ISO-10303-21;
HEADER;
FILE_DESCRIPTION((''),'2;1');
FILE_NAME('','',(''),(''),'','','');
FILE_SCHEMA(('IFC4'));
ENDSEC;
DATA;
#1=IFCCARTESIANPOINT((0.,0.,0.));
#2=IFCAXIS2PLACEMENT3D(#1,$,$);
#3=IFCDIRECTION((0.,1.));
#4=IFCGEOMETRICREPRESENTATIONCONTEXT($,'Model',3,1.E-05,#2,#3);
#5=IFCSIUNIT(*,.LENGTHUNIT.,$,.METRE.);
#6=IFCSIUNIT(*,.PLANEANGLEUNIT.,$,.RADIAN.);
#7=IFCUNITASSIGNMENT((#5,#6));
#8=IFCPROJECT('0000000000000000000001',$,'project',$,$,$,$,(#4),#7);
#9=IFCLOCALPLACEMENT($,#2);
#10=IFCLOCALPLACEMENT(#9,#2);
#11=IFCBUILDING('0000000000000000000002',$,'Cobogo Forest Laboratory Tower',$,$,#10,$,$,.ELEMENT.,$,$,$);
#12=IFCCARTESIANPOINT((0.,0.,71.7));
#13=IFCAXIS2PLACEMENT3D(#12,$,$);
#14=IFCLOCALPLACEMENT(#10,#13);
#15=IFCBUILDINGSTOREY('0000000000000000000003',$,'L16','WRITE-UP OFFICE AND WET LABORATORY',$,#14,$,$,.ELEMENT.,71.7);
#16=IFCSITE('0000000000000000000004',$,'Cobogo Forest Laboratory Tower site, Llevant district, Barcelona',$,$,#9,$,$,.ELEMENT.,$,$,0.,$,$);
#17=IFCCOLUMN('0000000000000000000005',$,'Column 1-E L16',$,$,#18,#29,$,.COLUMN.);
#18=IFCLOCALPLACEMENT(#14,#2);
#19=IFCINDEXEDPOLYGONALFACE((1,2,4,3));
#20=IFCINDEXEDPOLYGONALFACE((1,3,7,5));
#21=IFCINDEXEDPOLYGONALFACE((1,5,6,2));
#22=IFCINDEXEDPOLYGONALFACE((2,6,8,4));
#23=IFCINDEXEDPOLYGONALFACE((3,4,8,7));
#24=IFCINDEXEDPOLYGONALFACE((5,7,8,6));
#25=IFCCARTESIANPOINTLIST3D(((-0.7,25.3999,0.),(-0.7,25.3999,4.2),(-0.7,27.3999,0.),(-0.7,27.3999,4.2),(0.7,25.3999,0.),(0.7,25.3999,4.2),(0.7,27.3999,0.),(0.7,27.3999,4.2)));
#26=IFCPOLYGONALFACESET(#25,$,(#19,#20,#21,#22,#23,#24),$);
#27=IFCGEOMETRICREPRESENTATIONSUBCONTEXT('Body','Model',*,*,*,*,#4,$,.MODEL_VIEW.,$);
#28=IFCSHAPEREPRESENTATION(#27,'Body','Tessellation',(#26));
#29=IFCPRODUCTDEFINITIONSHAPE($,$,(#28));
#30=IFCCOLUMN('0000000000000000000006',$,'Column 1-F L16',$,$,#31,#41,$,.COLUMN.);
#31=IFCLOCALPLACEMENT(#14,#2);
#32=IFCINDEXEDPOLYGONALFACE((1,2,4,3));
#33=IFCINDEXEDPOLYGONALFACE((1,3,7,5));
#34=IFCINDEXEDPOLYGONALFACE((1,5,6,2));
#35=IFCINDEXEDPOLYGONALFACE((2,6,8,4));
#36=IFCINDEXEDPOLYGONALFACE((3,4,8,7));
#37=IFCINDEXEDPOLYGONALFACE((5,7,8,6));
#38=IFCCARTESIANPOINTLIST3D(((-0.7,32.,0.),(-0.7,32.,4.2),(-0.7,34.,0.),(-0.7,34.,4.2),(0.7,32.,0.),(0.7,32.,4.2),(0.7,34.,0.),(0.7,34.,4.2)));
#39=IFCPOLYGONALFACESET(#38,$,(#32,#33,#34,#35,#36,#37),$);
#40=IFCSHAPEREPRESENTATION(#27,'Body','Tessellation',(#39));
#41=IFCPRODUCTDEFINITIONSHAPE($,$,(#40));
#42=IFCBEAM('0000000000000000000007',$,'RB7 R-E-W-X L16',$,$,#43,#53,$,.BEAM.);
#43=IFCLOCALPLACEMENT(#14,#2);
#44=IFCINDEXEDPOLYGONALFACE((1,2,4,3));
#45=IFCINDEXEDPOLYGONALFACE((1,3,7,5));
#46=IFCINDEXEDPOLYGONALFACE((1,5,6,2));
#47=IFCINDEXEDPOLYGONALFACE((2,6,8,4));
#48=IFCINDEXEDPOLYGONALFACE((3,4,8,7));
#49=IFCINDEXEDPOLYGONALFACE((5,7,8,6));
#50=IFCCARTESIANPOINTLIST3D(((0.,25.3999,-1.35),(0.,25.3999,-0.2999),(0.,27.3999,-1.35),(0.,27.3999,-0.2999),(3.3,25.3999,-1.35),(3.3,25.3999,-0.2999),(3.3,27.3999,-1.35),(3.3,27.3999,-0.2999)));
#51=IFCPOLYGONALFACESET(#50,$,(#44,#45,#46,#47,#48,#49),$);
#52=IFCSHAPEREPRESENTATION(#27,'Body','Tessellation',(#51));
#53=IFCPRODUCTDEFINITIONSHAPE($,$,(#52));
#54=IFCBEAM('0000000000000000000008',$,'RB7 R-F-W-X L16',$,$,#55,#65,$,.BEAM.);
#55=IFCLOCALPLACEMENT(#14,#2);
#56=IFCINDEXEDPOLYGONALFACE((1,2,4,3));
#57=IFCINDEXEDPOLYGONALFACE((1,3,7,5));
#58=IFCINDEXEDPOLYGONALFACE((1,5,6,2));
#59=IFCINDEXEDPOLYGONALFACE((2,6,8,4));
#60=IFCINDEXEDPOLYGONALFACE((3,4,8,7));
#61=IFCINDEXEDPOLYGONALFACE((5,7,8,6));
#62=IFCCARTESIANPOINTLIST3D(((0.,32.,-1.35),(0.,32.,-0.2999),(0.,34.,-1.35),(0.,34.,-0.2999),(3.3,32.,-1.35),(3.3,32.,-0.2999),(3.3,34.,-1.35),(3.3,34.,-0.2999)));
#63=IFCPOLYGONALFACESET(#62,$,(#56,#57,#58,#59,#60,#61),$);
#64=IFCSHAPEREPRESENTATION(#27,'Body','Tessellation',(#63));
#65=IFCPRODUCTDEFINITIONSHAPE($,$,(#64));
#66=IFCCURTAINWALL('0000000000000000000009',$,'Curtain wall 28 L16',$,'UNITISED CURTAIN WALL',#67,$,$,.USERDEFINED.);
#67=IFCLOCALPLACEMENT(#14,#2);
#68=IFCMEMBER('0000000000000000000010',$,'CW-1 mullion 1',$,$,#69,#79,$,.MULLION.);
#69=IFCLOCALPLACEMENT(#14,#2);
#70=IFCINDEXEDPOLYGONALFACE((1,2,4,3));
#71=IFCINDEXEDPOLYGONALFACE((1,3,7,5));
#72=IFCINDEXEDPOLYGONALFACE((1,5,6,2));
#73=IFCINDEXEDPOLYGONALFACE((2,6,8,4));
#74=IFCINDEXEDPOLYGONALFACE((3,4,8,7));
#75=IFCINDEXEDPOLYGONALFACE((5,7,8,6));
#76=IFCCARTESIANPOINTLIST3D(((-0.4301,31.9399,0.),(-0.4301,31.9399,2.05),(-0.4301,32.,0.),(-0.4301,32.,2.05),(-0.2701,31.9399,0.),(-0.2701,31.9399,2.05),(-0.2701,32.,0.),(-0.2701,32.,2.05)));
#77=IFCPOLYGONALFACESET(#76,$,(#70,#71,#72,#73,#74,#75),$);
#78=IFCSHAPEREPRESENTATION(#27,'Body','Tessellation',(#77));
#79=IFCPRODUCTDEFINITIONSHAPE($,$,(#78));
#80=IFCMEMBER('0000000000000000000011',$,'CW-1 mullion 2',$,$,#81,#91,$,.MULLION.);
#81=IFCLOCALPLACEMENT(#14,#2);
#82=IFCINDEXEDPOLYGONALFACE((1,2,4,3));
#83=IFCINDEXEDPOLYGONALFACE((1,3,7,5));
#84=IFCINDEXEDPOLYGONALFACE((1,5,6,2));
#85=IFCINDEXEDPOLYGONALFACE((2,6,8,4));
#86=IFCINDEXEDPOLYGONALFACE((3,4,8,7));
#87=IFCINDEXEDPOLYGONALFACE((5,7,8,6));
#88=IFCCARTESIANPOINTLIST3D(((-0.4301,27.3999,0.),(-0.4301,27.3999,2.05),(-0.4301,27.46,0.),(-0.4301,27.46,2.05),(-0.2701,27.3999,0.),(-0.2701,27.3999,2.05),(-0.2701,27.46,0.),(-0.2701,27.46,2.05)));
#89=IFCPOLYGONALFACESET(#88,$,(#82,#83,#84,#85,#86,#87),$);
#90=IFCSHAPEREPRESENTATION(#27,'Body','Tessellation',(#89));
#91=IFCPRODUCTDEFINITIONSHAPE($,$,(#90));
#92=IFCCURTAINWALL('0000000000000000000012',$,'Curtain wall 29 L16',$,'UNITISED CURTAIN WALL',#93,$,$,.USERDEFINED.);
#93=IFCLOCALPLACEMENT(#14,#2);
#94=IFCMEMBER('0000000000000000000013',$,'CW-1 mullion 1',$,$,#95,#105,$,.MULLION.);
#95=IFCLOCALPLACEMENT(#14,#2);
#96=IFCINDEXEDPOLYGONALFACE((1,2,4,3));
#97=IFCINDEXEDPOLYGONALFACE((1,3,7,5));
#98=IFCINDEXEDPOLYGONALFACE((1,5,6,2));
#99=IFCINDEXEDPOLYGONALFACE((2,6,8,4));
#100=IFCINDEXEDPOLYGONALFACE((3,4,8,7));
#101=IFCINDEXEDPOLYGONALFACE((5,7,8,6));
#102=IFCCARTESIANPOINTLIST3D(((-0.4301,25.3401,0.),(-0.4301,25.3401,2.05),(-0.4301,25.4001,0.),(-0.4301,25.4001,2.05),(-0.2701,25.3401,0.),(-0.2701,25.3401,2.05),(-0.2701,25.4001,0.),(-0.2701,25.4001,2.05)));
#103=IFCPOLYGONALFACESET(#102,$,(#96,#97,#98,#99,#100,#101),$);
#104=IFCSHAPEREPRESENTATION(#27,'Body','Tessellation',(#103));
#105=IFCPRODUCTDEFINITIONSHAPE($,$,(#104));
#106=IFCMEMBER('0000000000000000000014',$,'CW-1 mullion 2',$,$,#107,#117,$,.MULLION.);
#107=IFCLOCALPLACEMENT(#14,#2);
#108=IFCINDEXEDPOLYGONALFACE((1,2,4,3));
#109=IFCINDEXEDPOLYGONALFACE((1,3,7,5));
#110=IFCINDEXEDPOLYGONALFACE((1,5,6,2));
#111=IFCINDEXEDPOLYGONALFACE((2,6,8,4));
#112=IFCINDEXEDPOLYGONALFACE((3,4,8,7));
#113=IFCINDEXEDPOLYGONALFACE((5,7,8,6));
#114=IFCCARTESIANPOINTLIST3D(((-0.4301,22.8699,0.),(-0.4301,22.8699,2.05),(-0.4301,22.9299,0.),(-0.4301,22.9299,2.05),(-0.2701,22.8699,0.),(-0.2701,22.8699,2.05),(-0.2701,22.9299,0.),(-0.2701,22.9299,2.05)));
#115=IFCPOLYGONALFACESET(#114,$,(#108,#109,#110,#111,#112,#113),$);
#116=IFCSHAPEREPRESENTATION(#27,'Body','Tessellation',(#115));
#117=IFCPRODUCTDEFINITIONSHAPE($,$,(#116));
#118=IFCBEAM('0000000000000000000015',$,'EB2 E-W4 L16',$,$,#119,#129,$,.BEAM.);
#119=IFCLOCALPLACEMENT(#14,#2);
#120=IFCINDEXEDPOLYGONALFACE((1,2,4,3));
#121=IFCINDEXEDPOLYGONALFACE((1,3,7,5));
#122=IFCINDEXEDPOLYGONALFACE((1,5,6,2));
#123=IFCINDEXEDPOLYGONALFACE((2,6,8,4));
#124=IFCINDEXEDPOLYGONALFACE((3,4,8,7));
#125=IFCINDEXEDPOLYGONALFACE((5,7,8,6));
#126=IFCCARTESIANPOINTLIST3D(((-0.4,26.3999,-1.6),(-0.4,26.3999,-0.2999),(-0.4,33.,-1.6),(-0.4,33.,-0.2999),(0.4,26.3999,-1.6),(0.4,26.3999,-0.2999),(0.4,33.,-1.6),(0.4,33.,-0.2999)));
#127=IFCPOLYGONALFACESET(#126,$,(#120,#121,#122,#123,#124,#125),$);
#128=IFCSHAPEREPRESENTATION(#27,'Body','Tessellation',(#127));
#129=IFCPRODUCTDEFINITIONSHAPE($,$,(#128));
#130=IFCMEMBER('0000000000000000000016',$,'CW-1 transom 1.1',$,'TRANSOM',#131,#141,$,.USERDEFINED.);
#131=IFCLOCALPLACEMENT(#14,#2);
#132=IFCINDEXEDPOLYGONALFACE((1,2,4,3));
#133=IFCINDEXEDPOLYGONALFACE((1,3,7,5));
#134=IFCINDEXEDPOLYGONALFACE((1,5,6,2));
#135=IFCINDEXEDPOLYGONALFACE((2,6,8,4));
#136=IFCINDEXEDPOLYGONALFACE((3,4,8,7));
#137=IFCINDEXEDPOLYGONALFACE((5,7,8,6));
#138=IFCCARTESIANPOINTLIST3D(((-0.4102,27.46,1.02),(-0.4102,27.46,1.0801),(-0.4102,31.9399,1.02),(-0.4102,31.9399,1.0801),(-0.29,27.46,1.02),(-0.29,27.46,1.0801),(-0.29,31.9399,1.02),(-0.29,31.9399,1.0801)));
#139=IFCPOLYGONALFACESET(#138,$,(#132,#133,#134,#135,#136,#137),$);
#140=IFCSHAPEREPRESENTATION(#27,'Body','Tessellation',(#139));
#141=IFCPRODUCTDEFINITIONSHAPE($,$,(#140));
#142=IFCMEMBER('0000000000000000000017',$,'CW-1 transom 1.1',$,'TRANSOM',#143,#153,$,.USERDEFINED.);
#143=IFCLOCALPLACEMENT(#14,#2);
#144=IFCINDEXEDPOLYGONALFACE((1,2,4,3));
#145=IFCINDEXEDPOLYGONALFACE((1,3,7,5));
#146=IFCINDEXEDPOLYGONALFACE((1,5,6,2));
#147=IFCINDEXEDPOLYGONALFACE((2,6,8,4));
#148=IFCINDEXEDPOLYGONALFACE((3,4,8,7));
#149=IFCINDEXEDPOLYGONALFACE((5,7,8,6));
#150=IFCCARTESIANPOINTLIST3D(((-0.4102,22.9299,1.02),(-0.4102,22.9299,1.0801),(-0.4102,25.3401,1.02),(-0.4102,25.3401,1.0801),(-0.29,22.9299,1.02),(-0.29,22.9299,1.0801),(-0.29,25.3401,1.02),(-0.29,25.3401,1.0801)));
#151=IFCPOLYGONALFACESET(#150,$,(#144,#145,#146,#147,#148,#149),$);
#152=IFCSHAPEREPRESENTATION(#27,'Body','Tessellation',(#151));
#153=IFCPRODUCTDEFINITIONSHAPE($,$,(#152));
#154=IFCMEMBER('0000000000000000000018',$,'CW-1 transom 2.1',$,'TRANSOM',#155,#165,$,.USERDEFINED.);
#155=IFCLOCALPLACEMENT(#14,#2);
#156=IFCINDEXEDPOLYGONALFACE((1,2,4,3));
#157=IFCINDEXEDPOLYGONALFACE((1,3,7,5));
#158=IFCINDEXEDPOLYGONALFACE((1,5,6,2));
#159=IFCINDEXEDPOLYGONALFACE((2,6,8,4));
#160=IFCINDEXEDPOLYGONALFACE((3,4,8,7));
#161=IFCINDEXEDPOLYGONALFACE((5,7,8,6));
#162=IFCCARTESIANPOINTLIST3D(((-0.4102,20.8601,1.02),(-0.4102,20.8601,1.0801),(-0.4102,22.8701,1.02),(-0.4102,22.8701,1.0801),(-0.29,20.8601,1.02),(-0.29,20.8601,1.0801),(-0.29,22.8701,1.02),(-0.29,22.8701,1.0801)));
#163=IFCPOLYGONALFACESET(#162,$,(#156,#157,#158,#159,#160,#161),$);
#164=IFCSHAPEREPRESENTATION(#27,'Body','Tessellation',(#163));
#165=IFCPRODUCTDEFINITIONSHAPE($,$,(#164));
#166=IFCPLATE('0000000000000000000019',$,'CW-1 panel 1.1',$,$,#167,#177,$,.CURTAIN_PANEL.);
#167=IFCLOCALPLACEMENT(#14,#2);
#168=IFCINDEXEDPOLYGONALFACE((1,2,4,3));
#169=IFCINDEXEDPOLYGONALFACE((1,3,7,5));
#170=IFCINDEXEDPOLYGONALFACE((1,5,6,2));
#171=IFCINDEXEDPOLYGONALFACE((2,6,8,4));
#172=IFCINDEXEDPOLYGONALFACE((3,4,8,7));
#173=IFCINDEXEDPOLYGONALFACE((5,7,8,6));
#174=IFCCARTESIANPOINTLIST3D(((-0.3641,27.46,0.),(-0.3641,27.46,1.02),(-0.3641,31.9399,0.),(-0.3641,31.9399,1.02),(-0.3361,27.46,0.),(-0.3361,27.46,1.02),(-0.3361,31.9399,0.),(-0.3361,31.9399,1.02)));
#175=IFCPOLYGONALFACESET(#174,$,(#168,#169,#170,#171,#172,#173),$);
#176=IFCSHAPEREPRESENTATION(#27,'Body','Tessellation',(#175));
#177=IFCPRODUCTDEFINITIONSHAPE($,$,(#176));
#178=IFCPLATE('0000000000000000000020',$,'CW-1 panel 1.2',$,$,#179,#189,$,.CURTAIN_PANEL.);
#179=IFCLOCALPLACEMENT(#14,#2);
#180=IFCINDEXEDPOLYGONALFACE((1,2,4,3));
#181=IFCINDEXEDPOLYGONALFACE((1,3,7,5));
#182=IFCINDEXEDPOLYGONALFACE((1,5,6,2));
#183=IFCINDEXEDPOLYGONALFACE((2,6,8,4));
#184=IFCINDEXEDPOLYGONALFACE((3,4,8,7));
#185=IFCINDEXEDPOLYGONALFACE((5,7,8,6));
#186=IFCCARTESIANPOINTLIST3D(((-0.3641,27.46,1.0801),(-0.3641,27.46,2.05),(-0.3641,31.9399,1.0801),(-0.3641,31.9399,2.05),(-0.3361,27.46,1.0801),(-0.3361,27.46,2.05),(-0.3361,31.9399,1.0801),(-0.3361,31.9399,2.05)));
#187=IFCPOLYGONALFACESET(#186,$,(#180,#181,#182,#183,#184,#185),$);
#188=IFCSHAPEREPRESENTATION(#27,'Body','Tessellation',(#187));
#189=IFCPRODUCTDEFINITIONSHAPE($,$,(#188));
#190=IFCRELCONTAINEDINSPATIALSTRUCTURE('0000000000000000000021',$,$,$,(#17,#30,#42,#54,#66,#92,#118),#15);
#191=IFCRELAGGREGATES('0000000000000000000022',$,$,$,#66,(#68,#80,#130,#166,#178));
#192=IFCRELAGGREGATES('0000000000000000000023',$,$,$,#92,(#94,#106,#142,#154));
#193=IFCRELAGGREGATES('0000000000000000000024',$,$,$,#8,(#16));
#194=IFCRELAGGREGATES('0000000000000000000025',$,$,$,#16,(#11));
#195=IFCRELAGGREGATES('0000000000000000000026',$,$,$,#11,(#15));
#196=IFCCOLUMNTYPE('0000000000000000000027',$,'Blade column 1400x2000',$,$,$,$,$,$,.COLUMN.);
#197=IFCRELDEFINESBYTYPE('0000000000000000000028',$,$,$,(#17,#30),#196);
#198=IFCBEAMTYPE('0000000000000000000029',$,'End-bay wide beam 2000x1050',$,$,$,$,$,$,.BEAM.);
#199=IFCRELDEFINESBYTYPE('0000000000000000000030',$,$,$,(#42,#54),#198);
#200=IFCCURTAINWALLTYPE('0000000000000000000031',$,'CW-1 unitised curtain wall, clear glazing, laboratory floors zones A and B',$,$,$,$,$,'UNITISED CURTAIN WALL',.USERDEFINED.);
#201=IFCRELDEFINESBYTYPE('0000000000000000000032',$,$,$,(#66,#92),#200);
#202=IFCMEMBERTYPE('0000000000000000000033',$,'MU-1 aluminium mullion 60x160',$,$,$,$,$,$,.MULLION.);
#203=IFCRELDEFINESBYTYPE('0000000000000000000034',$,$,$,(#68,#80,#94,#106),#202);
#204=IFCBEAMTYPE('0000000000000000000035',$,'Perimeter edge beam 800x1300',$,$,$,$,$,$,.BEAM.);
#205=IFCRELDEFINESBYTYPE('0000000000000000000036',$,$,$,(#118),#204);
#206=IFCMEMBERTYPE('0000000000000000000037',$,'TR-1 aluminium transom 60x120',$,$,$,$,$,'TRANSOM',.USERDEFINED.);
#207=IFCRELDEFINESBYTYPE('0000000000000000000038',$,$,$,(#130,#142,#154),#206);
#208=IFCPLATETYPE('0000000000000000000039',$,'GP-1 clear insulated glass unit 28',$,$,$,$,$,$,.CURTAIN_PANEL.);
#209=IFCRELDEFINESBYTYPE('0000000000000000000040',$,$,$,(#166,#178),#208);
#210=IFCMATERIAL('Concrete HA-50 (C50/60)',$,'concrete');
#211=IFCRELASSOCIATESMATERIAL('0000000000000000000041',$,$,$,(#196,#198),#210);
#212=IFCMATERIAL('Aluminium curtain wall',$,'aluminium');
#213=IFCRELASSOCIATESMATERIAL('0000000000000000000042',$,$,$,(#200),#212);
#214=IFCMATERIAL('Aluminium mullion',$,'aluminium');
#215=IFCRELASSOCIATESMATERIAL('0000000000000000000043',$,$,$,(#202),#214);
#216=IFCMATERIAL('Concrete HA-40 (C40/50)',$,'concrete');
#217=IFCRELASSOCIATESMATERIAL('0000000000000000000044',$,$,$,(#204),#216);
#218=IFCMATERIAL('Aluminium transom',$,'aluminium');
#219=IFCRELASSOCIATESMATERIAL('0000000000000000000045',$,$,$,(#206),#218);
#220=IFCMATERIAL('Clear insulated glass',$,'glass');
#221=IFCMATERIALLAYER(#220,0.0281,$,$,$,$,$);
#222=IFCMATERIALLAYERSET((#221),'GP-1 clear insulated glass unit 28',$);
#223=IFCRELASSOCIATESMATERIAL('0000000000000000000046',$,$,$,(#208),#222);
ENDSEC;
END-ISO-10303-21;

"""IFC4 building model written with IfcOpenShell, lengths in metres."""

from ifc_helpers import new_model, si_unit, direction, frame, origin, origin_2d, place, context, subcontext, project, spatial, rectangle, extrude, material, layer, layer_set, material_profile, profile_set, type_object, element, aggregate, save


model = new_model("IFC4")

# Units and contexts
model_context = context("Model", 3, precision=1e-05, world=origin(), true_north=direction((0.0, 1.0)))
body_context = subcontext(model_context, "Body", "Model", "MODEL_VIEW")
ifc_project = project(units=[si_unit("LENGTHUNIT", "METRE"), si_unit("PLANEANGLEUNIT", "RADIAN")], contexts=[model_context])

# Site, building, storey
site_placement = place(None, origin())
site = spatial("IfcSite", under=ifc_project, at=site_placement, Name="Cobogo Forest Laboratory Tower site, Llevant district, Barcelona", CompositionType="ELEMENT", RefElevation=0.0)
building_placement = place(site_placement, origin())
building = spatial("IfcBuilding", under=site, at=building_placement, Name="Cobogo Forest Laboratory Tower", CompositionType="ELEMENT")
storey_placement = place(building_placement, frame((0.0, 0.0, 71.7)))
storey = spatial("IfcBuildingStorey", under=building, at=storey_placement, Name="L16", Description="WRITE-UP OFFICE AND WET LABORATORY", CompositionType="ELEMENT", Elevation=71.7)

# Columns
ifc_material_1 = material(Name="Concrete HA-50 (C50/60)", Category="concrete")
ifc_material_profile_1 = material_profile(ifc_material_1, rectangle(XDim=2.0, YDim=1.3999, at=origin_2d()), Name="RC 1400x2000")
ifc_profile_set_1 = profile_set([ifc_material_profile_1], Name="Concrete HA-50 (C50/60)")
column_type = type_object("IfcColumnType", Name="Blade column 1400x2000", PredefinedType="COLUMN", material=ifc_profile_set_1)
for number, where, z_axis, x_axis, name in (
    (1, (0.0, 26.3999, 0.0), (0.0, 0.0, 1.0), (0.0, 1.0, 0.0), "Column 1-E L16"),
    (2, (0.0, 33.0, 0.0), (0.0, 0.0, 1.0), (0.0, 1.0, 0.0), "Column 1-F L16"),
):
    element("IfcColumn", number, at=place(storey_placement, frame(where, z_axis=z_axis, x_axis=x_axis)), inside=storey, type_object=column_type, Name=name, PredefinedType="COLUMN", context=body_context, shape_type="SweptSolid", body=[
        extrude(rectangle(XDim=2.0, YDim=1.3999, at=origin_2d()), origin(), (0.0, 0.0, 1.0), 4.2),
    ])

# Beams
ifc_material_profile_2 = material_profile(ifc_material_1, rectangle(XDim=2.0, YDim=1.05, at=origin_2d()), Name="RC 2000x1050")
ifc_profile_set_2 = profile_set([ifc_material_profile_2], Name="Concrete HA-50 (C50/60)")
beam_type_1 = type_object("IfcBeamType", Name="End-bay wide beam 2000x1050", PredefinedType="BEAM", material=ifc_profile_set_2)
for number, where, z_axis, x_axis, name in (
    (3, (0.0, 26.3999, -0.825), (1.0, 0.0, 0.0), (0.0, 1.0, 0.0), "RB7 R-E-W-X L16"),
    (4, (0.0, 33.0, -0.825), (1.0, 0.0, 0.0), (0.0, 1.0, 0.0), "RB7 R-F-W-X L16"),
):
    element("IfcBeam", number, at=place(storey_placement, frame(where, z_axis=z_axis, x_axis=x_axis)), inside=storey, type_object=beam_type_1, Name=name, PredefinedType="BEAM", context=body_context, shape_type="SweptSolid", body=[
        extrude(rectangle(XDim=2.0, YDim=1.05, at=origin_2d()), origin(), (0.0, 0.0, 1.0), 3.3),
    ])

# Curtain walls, members
ifc_material_2 = material(Name="Aluminium curtain wall", Category="aluminium")
curtain_wall_type = type_object("IfcCurtainWallType", Name="CW-1 unitised curtain wall, clear glazing, laboratory floors zones A and B", ElementType="UNITISED CURTAIN WALL", PredefinedType="USERDEFINED", material=ifc_material_2)
curtain_wall_1_placement = place(storey_placement, origin())
curtain_wall_1 = element("IfcCurtainWall", 5, at=curtain_wall_1_placement, inside=storey, type_object=curtain_wall_type, Name="Curtain wall 28 L16", ObjectType="UNITISED CURTAIN WALL", PredefinedType="USERDEFINED")
ifc_material_3 = material(Name="Aluminium mullion", Category="aluminium")
ifc_material_profile_3 = material_profile(ifc_material_3, rectangle(XDim=0.0601, YDim=0.1599, at=origin_2d()), Name="AL 60x160")
ifc_profile_set_3 = profile_set([ifc_material_profile_3], Name="Aluminium mullion")
member_type_1 = type_object("IfcMemberType", Name="MU-1 aluminium mullion 60x160", PredefinedType="MULLION", material=ifc_profile_set_3)
member_1_placement = place(storey_placement, frame((-0.3501, 31.97, 0.0), z_axis=(0.0, 0.0, 1.0), x_axis=(0.0, -1.0, 0.0)))
member_1 = element("IfcMember", 6, at=member_1_placement, type_object=member_type_1, Name="CW-1 mullion 1", PredefinedType="MULLION", context=body_context, shape_type="SweptSolid", body=[
    extrude(rectangle(XDim=0.0601, YDim=0.1599, at=origin_2d()), origin(), (0.0, 0.0, 1.0), 2.05),
])
member_2_placement = place(storey_placement, frame((-0.3501, 27.4299, 0.0), z_axis=(0.0, 0.0, 1.0), x_axis=(0.0, -1.0, 0.0)))
member_2 = element("IfcMember", 7, at=member_2_placement, type_object=member_type_1, Name="CW-1 mullion 2", PredefinedType="MULLION", context=body_context, shape_type="SweptSolid", body=[
    extrude(rectangle(XDim=0.0601, YDim=0.1599, at=origin_2d()), origin(), (0.0, 0.0, 1.0), 2.05),
])
curtain_wall_2_placement = place(storey_placement, origin())
curtain_wall_2 = element("IfcCurtainWall", 8, at=curtain_wall_2_placement, inside=storey, type_object=curtain_wall_type, Name="Curtain wall 29 L16", ObjectType="UNITISED CURTAIN WALL", PredefinedType="USERDEFINED")
member_3_placement = place(storey_placement, frame((-0.3501, 25.3701, 0.0), z_axis=(0.0, 0.0, 1.0), x_axis=(0.0, -1.0, 0.0)))
member_3 = element("IfcMember", 9, at=member_3_placement, type_object=member_type_1, Name="CW-1 mullion 1", PredefinedType="MULLION", context=body_context, shape_type="SweptSolid", body=[
    extrude(rectangle(XDim=0.0601, YDim=0.1599, at=origin_2d()), origin(), (0.0, 0.0, 1.0), 2.05),
])
member_4_placement = place(storey_placement, frame((-0.3501, 22.8999, 0.0), z_axis=(0.0, 0.0, 1.0), x_axis=(0.0, -1.0, 0.0)))
member_4 = element("IfcMember", 10, at=member_4_placement, type_object=member_type_1, Name="CW-1 mullion 2", PredefinedType="MULLION", context=body_context, shape_type="SweptSolid", body=[
    extrude(rectangle(XDim=0.0601, YDim=0.1599, at=origin_2d()), origin(), (0.0, 0.0, 1.0), 2.05),
])

# Beam
ifc_material_4 = material(Name="Concrete HA-40 (C40/50)", Category="concrete")
ifc_material_profile_4 = material_profile(ifc_material_4, rectangle(XDim=0.8, YDim=1.3, at=origin_2d()), Name="RC 800x1300")
ifc_profile_set_4 = profile_set([ifc_material_profile_4], Name="Concrete HA-40 (C40/50)")
beam_type_2 = type_object("IfcBeamType", Name="Perimeter edge beam 800x1300", PredefinedType="BEAM", material=ifc_profile_set_4)
beam_placement = place(storey_placement, frame((0.0, 26.3999, -0.95), z_axis=(0.0, 1.0, 0.0), x_axis=(-1.0, 0.0, 0.0)))
element("IfcBeam", 11, at=beam_placement, inside=storey, type_object=beam_type_2, Name="EB2 E-W4 L16", PredefinedType="BEAM", context=body_context, shape_type="SweptSolid", body=[
    extrude(rectangle(XDim=0.8, YDim=1.3, at=origin_2d()), origin(), (0.0, 0.0, 1.0), 6.6001),
])

# Members
ifc_material_5 = material(Name="Aluminium transom", Category="aluminium")
ifc_material_profile_5 = material_profile(ifc_material_5, rectangle(XDim=0.1201, YDim=0.0601, at=origin_2d()), Name="AL 60x120")
ifc_profile_set_5 = profile_set([ifc_material_profile_5], Name="Aluminium transom")
member_type_2 = type_object("IfcMemberType", Name="TR-1 aluminium transom 60x120", ElementType="TRANSOM", PredefinedType="USERDEFINED", material=ifc_profile_set_5)
member_5_placement = place(storey_placement, frame((-0.3501, 31.9399, 1.05), z_axis=(0.0, -1.0, 0.0), x_axis=(1.0, 0.0, 0.0)))
member_5 = element("IfcMember", 12, at=member_5_placement, type_object=member_type_2, Name="CW-1 transom 1.1", ObjectType="TRANSOM", PredefinedType="USERDEFINED", context=body_context, shape_type="SweptSolid", body=[
    extrude(rectangle(XDim=0.1201, YDim=0.0601, at=origin_2d()), origin(), (0.0, 0.0, 1.0), 4.48),
])
member_6_placement = place(storey_placement, frame((-0.3501, 25.3401, 1.05), z_axis=(0.0, -1.0, 0.0), x_axis=(1.0, 0.0, 0.0)))
member_6 = element("IfcMember", 13, at=member_6_placement, type_object=member_type_2, Name="CW-1 transom 1.1", ObjectType="TRANSOM", PredefinedType="USERDEFINED", context=body_context, shape_type="SweptSolid", body=[
    extrude(rectangle(XDim=0.1201, YDim=0.0601, at=origin_2d()), origin(), (0.0, 0.0, 1.0), 2.4102),
])
member_7_placement = place(storey_placement, frame((-0.3501, 22.8701, 1.05), z_axis=(0.0, -1.0, 0.0), x_axis=(1.0, 0.0, 0.0)))
member_7 = element("IfcMember", 14, at=member_7_placement, type_object=member_type_2, Name="CW-1 transom 2.1", ObjectType="TRANSOM", PredefinedType="USERDEFINED", context=body_context, shape_type="SweptSolid", body=[
    extrude(rectangle(XDim=0.1201, YDim=0.0601, at=origin_2d()), origin(), (0.0, 0.0, 1.0), 2.01),
])

# Plates
ifc_material_6 = material(Name="Clear insulated glass", Category="glass")
ifc_layer_1 = layer(ifc_material_6, 0.0281)
ifc_layer_set_1 = layer_set([ifc_layer_1], Name="GP-1 clear insulated glass unit 28")
plate_type_1 = type_object("IfcPlateType", Name="GP-1 clear insulated glass unit 28", PredefinedType="CURTAIN_PANEL", material=ifc_layer_set_1)
plate_1_placement = place(storey_placement, frame((-0.3501, 29.7, 0.0), z_axis=(0.0, 0.0, 1.0), x_axis=(0.0, -1.0, 0.0)))
plate_1 = element("IfcPlate", 15, at=plate_1_placement, type_object=plate_type_1, Name="CW-1 panel 1.1", PredefinedType="CURTAIN_PANEL", context=body_context, shape_type="SweptSolid", body=[
    extrude(rectangle(XDim=4.48, YDim=0.0281, at=origin_2d()), origin(), (0.0, 0.0, 1.0), 1.02),
])
plate_2_placement = place(storey_placement, frame((-0.3501, 29.7, 1.0801), z_axis=(0.0, 0.0, 1.0), x_axis=(0.0, -1.0, 0.0)))
plate_2 = element("IfcPlate", 16, at=plate_2_placement, type_object=plate_type_1, Name="CW-1 panel 1.2", PredefinedType="CURTAIN_PANEL", context=body_context, shape_type="SweptSolid", body=[
    extrude(rectangle(XDim=4.48, YDim=0.0281, at=origin_2d()), origin(), (0.0, 0.0, 1.0), 0.97),
])
aggregate(curtain_wall_1, [member_1, member_2, member_5, plate_1, plate_2])
aggregate(curtain_wall_2, [member_3, member_4, member_6, member_7])

save(model, "model.ifc")
